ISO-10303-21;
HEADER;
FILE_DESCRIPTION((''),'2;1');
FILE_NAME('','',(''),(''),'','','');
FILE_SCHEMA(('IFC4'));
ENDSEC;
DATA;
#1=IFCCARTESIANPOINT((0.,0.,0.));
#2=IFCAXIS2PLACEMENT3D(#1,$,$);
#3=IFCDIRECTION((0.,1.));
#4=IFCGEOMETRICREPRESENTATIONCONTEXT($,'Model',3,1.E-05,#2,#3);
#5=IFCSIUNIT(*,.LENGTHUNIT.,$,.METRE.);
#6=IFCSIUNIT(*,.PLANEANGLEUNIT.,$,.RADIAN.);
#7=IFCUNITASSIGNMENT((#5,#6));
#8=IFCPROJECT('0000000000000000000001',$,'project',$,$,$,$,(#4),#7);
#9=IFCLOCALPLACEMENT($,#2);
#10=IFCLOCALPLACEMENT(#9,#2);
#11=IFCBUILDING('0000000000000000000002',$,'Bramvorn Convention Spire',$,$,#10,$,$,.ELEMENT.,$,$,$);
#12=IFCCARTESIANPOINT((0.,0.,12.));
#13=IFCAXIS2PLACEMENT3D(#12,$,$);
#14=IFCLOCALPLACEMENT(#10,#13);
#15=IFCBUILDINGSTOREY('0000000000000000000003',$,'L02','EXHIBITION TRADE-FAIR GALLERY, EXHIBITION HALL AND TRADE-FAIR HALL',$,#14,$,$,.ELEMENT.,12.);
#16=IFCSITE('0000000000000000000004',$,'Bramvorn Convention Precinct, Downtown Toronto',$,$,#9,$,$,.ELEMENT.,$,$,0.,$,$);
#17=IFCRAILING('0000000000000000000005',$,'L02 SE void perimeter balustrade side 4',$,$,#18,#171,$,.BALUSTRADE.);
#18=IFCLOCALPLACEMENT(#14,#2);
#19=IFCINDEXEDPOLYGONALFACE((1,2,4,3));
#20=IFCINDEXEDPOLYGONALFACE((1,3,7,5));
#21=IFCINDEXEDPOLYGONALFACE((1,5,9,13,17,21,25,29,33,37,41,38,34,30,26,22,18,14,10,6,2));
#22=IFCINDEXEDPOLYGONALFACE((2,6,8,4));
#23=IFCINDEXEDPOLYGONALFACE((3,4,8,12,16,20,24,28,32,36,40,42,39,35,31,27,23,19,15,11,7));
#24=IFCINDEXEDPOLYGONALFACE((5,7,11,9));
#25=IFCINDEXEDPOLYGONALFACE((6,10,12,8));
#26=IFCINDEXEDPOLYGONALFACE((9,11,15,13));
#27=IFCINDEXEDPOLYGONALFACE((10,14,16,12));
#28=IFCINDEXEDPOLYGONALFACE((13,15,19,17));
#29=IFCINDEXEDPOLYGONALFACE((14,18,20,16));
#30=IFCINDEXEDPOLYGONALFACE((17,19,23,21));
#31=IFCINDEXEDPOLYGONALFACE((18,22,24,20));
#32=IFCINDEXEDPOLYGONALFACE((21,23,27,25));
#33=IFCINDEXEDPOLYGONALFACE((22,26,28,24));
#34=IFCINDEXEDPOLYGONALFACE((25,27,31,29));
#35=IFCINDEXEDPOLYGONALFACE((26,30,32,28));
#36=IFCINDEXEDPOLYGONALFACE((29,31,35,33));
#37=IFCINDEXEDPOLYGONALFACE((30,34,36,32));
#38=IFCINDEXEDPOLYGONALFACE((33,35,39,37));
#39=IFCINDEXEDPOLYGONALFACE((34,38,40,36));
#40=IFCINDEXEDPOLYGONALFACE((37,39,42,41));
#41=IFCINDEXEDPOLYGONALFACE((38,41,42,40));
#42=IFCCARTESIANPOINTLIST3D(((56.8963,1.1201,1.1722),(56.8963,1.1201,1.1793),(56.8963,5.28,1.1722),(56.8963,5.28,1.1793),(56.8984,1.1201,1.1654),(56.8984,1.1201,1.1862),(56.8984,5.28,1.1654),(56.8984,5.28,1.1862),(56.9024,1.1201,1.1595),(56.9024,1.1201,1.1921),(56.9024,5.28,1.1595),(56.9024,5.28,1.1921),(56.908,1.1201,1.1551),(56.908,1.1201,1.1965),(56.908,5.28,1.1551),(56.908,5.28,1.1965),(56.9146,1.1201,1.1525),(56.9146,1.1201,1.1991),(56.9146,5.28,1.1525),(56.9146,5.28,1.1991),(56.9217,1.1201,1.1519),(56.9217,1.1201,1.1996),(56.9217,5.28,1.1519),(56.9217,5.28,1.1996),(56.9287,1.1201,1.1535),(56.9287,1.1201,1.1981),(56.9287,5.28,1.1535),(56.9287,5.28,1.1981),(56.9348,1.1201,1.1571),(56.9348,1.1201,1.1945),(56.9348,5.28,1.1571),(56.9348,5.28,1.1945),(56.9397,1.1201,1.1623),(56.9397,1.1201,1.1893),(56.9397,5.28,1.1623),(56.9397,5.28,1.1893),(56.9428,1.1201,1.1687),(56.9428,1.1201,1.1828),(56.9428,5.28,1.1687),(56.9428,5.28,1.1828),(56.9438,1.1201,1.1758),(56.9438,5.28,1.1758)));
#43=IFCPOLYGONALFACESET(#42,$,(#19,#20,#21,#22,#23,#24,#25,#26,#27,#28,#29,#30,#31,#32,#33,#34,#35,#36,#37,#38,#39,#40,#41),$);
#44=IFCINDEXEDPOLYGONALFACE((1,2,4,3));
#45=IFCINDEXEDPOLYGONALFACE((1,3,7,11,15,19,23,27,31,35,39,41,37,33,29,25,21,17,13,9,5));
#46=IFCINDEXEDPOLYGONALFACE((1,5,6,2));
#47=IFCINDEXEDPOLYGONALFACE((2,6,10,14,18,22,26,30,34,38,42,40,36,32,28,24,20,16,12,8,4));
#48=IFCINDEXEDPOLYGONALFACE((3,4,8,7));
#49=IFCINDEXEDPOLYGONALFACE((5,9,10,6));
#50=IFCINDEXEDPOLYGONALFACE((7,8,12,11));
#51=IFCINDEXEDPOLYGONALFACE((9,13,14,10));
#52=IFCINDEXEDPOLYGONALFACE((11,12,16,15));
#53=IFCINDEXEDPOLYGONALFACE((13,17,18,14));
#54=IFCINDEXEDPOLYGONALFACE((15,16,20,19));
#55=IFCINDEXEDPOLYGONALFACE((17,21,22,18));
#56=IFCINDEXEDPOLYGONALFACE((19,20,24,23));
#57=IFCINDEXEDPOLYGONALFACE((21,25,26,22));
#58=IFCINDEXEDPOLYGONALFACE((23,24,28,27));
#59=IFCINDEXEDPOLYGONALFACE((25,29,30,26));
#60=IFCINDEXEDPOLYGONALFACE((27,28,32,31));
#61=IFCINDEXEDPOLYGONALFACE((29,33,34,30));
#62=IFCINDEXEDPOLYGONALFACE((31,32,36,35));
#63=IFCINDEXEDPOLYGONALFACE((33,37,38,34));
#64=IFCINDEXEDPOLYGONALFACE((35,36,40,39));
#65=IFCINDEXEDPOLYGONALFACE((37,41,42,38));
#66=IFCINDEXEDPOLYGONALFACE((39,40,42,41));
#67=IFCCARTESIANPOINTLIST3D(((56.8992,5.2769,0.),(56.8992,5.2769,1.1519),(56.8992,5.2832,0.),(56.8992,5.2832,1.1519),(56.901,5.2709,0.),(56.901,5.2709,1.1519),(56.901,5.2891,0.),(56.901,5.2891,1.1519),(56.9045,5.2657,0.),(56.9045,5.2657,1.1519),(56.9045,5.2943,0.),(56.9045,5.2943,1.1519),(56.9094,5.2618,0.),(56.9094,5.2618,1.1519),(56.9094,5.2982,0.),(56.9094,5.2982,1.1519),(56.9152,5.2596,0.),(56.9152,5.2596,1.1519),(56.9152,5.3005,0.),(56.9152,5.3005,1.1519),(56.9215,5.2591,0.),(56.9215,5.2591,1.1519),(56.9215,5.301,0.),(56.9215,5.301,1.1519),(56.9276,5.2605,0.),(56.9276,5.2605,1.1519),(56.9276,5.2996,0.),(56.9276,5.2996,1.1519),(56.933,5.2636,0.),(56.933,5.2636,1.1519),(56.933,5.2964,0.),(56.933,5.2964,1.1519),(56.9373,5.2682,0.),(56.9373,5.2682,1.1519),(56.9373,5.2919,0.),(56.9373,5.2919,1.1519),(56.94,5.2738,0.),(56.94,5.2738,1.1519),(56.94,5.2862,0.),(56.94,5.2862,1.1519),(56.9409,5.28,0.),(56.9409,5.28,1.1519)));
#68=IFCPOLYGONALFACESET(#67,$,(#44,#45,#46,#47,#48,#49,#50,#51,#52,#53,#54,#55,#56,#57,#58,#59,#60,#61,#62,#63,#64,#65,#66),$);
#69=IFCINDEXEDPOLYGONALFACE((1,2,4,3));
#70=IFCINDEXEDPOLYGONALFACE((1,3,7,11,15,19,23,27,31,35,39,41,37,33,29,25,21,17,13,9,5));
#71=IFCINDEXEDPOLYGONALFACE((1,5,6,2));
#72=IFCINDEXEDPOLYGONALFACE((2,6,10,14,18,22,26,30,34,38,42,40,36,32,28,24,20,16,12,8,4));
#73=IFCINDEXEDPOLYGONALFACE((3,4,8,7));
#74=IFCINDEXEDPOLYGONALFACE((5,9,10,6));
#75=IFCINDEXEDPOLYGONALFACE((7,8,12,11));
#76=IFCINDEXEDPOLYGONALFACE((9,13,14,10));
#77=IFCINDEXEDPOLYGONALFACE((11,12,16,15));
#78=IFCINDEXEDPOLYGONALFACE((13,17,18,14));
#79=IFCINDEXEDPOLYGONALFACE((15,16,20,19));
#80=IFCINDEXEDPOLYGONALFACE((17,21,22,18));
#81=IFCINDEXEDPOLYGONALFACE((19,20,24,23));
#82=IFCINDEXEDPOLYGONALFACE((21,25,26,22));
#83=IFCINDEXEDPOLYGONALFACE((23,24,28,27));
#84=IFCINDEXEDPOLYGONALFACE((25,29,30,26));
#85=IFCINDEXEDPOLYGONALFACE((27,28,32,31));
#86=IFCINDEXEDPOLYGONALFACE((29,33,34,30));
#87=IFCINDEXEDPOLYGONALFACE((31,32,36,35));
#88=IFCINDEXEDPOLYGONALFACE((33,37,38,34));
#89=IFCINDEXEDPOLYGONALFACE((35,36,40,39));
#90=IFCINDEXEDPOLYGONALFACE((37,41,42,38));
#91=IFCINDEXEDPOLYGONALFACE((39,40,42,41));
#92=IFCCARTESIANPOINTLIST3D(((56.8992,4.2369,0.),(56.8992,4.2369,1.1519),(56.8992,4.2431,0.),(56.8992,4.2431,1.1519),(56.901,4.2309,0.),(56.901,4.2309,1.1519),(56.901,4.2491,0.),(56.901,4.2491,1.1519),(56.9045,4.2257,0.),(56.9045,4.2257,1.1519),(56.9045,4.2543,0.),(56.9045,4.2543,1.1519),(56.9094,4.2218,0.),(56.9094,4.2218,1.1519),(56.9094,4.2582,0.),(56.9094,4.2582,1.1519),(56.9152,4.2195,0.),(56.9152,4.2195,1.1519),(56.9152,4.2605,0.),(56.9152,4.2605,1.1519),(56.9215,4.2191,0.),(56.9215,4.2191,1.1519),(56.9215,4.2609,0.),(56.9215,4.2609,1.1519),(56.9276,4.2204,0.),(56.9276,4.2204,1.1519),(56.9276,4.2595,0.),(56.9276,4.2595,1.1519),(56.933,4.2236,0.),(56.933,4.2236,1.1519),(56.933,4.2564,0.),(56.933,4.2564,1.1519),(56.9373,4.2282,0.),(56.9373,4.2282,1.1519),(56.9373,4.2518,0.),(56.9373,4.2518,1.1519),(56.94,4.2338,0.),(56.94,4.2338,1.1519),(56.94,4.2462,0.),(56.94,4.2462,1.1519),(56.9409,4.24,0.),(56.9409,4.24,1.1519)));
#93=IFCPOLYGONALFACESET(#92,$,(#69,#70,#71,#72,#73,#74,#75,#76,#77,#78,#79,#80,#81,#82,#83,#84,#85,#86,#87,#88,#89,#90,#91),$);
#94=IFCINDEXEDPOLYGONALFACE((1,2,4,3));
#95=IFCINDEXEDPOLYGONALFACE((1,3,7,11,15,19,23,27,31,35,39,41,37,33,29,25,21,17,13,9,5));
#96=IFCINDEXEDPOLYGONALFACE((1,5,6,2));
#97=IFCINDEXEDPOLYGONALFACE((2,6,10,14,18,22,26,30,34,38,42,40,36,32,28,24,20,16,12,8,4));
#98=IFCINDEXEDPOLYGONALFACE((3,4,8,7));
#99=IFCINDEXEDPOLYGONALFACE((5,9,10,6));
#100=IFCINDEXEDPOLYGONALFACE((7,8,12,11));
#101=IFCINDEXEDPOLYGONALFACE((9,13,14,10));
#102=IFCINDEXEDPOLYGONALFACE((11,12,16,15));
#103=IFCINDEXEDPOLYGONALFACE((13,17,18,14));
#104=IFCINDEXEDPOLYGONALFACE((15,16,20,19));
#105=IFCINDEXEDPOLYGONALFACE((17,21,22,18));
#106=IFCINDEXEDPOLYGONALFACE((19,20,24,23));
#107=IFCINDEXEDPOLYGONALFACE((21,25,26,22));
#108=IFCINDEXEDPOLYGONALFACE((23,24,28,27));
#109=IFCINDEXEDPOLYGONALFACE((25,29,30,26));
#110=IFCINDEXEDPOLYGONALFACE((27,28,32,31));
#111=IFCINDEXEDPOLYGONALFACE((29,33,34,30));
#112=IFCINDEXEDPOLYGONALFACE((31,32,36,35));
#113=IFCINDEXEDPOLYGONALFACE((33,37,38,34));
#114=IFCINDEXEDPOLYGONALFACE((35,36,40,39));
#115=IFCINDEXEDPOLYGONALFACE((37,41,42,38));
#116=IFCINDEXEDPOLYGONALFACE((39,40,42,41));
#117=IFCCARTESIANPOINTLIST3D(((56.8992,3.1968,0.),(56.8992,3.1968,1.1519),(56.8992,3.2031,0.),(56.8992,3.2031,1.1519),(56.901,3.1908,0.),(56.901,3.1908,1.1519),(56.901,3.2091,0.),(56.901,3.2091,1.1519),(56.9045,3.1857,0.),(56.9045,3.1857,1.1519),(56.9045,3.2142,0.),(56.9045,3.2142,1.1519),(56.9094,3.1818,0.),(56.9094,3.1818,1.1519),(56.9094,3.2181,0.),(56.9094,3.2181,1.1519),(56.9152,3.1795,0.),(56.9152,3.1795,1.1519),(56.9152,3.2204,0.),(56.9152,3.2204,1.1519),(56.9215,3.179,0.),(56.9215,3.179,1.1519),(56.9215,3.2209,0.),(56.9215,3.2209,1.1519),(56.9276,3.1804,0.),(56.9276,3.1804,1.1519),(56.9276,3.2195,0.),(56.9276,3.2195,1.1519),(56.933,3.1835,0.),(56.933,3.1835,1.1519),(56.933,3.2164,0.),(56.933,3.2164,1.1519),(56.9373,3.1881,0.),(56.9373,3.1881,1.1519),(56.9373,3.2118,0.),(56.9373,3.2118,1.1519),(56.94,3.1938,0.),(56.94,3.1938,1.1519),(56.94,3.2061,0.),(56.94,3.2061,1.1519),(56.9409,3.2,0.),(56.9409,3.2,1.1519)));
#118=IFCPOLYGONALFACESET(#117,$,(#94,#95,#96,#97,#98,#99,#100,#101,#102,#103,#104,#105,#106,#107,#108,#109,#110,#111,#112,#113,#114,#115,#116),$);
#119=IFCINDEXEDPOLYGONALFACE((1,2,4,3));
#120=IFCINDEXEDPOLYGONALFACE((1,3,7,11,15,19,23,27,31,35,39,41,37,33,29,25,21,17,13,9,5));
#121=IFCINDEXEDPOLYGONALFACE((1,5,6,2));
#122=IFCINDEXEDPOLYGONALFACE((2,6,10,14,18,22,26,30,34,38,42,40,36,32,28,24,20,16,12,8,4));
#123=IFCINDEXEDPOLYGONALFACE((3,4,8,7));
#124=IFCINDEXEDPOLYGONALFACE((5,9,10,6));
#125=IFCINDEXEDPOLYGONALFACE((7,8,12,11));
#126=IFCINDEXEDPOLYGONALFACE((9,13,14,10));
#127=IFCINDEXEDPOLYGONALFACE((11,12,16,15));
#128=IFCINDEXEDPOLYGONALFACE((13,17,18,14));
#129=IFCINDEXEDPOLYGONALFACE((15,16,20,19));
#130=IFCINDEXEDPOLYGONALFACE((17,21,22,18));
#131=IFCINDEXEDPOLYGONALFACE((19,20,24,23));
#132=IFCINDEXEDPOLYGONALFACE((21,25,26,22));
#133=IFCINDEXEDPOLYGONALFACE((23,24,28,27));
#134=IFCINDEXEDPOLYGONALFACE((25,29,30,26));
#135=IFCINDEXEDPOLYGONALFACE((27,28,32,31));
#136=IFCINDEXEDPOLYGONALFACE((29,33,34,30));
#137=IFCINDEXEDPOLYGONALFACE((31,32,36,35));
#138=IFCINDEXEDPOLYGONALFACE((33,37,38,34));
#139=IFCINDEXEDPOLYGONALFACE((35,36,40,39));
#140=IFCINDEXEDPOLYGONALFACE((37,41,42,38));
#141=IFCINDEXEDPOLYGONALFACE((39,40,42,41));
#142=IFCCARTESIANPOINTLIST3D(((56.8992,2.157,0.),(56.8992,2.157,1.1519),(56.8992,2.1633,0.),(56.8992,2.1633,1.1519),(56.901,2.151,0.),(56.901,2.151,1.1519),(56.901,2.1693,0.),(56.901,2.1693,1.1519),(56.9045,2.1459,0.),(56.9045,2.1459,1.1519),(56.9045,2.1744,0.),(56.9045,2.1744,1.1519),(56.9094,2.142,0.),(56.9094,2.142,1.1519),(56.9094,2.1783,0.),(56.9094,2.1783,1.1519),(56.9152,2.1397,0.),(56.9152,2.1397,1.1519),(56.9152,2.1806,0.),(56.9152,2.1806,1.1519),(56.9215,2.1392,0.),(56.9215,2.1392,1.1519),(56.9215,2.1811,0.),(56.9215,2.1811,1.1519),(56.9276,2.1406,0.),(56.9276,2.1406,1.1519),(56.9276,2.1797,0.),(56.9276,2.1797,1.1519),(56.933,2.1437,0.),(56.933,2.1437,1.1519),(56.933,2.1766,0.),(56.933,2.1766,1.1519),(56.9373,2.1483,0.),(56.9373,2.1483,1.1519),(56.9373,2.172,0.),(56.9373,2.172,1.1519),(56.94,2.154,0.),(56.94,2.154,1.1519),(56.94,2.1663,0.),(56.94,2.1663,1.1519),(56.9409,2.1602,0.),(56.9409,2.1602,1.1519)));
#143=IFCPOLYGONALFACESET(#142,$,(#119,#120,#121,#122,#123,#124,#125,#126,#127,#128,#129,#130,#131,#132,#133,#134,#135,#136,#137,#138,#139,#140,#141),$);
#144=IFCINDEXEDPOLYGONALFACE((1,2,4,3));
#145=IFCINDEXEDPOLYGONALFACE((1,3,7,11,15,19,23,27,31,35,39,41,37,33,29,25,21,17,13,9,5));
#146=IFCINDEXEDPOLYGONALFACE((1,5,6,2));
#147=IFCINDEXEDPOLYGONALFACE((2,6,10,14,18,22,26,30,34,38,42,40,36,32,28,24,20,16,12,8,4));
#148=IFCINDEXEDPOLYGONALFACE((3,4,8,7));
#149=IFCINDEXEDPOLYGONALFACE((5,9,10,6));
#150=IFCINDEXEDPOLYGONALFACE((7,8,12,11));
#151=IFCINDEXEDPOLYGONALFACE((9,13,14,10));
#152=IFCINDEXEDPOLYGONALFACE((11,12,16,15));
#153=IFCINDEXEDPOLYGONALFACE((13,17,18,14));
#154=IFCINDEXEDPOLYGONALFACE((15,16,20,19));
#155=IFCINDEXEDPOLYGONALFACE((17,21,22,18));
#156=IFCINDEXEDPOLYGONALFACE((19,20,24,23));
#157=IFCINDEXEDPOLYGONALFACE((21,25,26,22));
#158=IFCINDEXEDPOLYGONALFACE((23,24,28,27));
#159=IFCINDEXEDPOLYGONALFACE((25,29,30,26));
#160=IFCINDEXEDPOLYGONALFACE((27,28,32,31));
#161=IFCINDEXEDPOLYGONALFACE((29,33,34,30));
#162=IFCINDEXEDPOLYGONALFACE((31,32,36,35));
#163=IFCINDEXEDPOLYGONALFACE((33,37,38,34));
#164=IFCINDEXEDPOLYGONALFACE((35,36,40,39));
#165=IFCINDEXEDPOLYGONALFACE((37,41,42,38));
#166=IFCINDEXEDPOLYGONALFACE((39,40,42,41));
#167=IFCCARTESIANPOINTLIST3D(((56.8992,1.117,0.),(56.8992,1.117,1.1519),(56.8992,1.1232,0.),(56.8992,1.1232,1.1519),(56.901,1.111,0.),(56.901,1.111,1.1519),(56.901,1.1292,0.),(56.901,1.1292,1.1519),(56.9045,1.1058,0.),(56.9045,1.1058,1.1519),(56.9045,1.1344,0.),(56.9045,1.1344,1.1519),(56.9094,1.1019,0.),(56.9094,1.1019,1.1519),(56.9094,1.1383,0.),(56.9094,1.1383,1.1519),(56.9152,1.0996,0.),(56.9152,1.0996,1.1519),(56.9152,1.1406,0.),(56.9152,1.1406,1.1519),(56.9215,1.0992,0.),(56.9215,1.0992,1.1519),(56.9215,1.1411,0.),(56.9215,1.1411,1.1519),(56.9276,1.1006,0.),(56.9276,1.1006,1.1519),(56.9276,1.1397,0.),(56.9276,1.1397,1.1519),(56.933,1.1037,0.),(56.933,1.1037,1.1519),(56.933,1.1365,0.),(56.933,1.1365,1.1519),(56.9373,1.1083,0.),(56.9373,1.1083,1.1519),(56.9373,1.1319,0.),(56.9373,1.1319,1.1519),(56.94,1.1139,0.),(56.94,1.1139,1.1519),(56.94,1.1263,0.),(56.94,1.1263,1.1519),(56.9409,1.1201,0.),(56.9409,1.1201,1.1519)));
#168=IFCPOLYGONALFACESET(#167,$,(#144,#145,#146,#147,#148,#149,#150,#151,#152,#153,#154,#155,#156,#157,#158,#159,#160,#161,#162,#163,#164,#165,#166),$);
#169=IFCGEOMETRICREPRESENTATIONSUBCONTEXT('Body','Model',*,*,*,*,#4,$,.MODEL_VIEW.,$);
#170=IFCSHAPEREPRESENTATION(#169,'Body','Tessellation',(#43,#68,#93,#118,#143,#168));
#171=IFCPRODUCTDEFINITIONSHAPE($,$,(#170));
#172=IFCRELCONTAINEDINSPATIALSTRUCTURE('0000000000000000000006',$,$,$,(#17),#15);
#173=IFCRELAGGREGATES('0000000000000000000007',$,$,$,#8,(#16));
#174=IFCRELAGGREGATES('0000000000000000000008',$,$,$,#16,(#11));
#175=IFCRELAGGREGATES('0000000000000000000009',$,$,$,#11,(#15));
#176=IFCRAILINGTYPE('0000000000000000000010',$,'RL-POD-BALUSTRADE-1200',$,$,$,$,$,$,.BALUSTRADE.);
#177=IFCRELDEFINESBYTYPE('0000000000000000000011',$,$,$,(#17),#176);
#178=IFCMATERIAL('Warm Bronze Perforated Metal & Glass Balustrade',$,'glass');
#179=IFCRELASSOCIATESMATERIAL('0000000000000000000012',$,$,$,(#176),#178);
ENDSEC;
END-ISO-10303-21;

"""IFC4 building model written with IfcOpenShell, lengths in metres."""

from ifc_helpers import new_model, si_unit, direction, frame, origin, origin_2d, place, context, subcontext, project, spatial, circle, extrude, material, type_object, element, save


model = new_model("IFC4")

# Units and contexts
model_context = context("Model", 3, precision=1e-05, world=origin(), true_north=direction((0.0, 1.0)))
body_context = subcontext(model_context, "Body", "Model", "MODEL_VIEW")
ifc_project = project(units=[si_unit("LENGTHUNIT", "METRE"), si_unit("PLANEANGLEUNIT", "RADIAN")], contexts=[model_context])

# Site, building, storey
site_placement = place(None, origin())
site = spatial("IfcSite", under=ifc_project, at=site_placement, Name="Bramvorn Convention Precinct, Downtown Toronto", CompositionType="ELEMENT", RefElevation=0.0)
building_placement = place(site_placement, origin())
building = spatial("IfcBuilding", under=site, at=building_placement, Name="Bramvorn Convention Spire", CompositionType="ELEMENT")
storey_placement = place(building_placement, frame((0.0, 0.0, 12.0)))
storey = spatial("IfcBuildingStorey", under=building, at=storey_placement, Name="L02", Description="EXHIBITION TRADE-FAIR GALLERY, EXHIBITION HALL AND TRADE-FAIR HALL", CompositionType="ELEMENT", Elevation=12.0)

# Railing
ifc_material_1 = material(Name="Warm Bronze Perforated Metal & Glass Balustrade", Category="glass")
railing_type = type_object("IfcRailingType", Name="RL-POD-BALUSTRADE-1200", PredefinedType="BALUSTRADE", material=ifc_material_1)
railing_1_placement = place(storey_placement, frame((56.9199, 5.28, 0.0)))
element("IfcRailing", 1, at=railing_1_placement, inside=storey, type_object=railing_type, Name="L02 SE void perimeter balustrade side 4", PredefinedType="BALUSTRADE", context=body_context, shape_type="SweptSolid", body=[
    extrude(circle(Radius=0.0239, at=origin_2d()), frame((0.0, 0.0, 1.1758), z_axis=(0.0, -1.0, 0.0), x_axis=(1.0, 0.0, 0.0)), (0.0, 0.0, 1.0), 4.1599),
    extrude(circle(Radius=0.021, at=origin_2d()), origin(), (0.0, 0.0, 1.0), 1.1519),
    extrude(circle(Radius=0.021, at=origin_2d()), frame((0.0, -1.04, 0.0)), (0.0, 0.0, 1.0), 1.1519),
    extrude(circle(Radius=0.021, at=origin_2d()), frame((0.0, -2.0801, 0.0)), (0.0, 0.0, 1.0), 1.1519),
    extrude(circle(Radius=0.021, at=origin_2d()), frame((0.0, -3.1199, 0.0)), (0.0, 0.0, 1.0), 1.1519),
    extrude(circle(Radius=0.021, at=origin_2d()), frame((0.0, -4.1599, 0.0)), (0.0, 0.0, 1.0), 1.1519),
])

save(model, "model.ifc")
